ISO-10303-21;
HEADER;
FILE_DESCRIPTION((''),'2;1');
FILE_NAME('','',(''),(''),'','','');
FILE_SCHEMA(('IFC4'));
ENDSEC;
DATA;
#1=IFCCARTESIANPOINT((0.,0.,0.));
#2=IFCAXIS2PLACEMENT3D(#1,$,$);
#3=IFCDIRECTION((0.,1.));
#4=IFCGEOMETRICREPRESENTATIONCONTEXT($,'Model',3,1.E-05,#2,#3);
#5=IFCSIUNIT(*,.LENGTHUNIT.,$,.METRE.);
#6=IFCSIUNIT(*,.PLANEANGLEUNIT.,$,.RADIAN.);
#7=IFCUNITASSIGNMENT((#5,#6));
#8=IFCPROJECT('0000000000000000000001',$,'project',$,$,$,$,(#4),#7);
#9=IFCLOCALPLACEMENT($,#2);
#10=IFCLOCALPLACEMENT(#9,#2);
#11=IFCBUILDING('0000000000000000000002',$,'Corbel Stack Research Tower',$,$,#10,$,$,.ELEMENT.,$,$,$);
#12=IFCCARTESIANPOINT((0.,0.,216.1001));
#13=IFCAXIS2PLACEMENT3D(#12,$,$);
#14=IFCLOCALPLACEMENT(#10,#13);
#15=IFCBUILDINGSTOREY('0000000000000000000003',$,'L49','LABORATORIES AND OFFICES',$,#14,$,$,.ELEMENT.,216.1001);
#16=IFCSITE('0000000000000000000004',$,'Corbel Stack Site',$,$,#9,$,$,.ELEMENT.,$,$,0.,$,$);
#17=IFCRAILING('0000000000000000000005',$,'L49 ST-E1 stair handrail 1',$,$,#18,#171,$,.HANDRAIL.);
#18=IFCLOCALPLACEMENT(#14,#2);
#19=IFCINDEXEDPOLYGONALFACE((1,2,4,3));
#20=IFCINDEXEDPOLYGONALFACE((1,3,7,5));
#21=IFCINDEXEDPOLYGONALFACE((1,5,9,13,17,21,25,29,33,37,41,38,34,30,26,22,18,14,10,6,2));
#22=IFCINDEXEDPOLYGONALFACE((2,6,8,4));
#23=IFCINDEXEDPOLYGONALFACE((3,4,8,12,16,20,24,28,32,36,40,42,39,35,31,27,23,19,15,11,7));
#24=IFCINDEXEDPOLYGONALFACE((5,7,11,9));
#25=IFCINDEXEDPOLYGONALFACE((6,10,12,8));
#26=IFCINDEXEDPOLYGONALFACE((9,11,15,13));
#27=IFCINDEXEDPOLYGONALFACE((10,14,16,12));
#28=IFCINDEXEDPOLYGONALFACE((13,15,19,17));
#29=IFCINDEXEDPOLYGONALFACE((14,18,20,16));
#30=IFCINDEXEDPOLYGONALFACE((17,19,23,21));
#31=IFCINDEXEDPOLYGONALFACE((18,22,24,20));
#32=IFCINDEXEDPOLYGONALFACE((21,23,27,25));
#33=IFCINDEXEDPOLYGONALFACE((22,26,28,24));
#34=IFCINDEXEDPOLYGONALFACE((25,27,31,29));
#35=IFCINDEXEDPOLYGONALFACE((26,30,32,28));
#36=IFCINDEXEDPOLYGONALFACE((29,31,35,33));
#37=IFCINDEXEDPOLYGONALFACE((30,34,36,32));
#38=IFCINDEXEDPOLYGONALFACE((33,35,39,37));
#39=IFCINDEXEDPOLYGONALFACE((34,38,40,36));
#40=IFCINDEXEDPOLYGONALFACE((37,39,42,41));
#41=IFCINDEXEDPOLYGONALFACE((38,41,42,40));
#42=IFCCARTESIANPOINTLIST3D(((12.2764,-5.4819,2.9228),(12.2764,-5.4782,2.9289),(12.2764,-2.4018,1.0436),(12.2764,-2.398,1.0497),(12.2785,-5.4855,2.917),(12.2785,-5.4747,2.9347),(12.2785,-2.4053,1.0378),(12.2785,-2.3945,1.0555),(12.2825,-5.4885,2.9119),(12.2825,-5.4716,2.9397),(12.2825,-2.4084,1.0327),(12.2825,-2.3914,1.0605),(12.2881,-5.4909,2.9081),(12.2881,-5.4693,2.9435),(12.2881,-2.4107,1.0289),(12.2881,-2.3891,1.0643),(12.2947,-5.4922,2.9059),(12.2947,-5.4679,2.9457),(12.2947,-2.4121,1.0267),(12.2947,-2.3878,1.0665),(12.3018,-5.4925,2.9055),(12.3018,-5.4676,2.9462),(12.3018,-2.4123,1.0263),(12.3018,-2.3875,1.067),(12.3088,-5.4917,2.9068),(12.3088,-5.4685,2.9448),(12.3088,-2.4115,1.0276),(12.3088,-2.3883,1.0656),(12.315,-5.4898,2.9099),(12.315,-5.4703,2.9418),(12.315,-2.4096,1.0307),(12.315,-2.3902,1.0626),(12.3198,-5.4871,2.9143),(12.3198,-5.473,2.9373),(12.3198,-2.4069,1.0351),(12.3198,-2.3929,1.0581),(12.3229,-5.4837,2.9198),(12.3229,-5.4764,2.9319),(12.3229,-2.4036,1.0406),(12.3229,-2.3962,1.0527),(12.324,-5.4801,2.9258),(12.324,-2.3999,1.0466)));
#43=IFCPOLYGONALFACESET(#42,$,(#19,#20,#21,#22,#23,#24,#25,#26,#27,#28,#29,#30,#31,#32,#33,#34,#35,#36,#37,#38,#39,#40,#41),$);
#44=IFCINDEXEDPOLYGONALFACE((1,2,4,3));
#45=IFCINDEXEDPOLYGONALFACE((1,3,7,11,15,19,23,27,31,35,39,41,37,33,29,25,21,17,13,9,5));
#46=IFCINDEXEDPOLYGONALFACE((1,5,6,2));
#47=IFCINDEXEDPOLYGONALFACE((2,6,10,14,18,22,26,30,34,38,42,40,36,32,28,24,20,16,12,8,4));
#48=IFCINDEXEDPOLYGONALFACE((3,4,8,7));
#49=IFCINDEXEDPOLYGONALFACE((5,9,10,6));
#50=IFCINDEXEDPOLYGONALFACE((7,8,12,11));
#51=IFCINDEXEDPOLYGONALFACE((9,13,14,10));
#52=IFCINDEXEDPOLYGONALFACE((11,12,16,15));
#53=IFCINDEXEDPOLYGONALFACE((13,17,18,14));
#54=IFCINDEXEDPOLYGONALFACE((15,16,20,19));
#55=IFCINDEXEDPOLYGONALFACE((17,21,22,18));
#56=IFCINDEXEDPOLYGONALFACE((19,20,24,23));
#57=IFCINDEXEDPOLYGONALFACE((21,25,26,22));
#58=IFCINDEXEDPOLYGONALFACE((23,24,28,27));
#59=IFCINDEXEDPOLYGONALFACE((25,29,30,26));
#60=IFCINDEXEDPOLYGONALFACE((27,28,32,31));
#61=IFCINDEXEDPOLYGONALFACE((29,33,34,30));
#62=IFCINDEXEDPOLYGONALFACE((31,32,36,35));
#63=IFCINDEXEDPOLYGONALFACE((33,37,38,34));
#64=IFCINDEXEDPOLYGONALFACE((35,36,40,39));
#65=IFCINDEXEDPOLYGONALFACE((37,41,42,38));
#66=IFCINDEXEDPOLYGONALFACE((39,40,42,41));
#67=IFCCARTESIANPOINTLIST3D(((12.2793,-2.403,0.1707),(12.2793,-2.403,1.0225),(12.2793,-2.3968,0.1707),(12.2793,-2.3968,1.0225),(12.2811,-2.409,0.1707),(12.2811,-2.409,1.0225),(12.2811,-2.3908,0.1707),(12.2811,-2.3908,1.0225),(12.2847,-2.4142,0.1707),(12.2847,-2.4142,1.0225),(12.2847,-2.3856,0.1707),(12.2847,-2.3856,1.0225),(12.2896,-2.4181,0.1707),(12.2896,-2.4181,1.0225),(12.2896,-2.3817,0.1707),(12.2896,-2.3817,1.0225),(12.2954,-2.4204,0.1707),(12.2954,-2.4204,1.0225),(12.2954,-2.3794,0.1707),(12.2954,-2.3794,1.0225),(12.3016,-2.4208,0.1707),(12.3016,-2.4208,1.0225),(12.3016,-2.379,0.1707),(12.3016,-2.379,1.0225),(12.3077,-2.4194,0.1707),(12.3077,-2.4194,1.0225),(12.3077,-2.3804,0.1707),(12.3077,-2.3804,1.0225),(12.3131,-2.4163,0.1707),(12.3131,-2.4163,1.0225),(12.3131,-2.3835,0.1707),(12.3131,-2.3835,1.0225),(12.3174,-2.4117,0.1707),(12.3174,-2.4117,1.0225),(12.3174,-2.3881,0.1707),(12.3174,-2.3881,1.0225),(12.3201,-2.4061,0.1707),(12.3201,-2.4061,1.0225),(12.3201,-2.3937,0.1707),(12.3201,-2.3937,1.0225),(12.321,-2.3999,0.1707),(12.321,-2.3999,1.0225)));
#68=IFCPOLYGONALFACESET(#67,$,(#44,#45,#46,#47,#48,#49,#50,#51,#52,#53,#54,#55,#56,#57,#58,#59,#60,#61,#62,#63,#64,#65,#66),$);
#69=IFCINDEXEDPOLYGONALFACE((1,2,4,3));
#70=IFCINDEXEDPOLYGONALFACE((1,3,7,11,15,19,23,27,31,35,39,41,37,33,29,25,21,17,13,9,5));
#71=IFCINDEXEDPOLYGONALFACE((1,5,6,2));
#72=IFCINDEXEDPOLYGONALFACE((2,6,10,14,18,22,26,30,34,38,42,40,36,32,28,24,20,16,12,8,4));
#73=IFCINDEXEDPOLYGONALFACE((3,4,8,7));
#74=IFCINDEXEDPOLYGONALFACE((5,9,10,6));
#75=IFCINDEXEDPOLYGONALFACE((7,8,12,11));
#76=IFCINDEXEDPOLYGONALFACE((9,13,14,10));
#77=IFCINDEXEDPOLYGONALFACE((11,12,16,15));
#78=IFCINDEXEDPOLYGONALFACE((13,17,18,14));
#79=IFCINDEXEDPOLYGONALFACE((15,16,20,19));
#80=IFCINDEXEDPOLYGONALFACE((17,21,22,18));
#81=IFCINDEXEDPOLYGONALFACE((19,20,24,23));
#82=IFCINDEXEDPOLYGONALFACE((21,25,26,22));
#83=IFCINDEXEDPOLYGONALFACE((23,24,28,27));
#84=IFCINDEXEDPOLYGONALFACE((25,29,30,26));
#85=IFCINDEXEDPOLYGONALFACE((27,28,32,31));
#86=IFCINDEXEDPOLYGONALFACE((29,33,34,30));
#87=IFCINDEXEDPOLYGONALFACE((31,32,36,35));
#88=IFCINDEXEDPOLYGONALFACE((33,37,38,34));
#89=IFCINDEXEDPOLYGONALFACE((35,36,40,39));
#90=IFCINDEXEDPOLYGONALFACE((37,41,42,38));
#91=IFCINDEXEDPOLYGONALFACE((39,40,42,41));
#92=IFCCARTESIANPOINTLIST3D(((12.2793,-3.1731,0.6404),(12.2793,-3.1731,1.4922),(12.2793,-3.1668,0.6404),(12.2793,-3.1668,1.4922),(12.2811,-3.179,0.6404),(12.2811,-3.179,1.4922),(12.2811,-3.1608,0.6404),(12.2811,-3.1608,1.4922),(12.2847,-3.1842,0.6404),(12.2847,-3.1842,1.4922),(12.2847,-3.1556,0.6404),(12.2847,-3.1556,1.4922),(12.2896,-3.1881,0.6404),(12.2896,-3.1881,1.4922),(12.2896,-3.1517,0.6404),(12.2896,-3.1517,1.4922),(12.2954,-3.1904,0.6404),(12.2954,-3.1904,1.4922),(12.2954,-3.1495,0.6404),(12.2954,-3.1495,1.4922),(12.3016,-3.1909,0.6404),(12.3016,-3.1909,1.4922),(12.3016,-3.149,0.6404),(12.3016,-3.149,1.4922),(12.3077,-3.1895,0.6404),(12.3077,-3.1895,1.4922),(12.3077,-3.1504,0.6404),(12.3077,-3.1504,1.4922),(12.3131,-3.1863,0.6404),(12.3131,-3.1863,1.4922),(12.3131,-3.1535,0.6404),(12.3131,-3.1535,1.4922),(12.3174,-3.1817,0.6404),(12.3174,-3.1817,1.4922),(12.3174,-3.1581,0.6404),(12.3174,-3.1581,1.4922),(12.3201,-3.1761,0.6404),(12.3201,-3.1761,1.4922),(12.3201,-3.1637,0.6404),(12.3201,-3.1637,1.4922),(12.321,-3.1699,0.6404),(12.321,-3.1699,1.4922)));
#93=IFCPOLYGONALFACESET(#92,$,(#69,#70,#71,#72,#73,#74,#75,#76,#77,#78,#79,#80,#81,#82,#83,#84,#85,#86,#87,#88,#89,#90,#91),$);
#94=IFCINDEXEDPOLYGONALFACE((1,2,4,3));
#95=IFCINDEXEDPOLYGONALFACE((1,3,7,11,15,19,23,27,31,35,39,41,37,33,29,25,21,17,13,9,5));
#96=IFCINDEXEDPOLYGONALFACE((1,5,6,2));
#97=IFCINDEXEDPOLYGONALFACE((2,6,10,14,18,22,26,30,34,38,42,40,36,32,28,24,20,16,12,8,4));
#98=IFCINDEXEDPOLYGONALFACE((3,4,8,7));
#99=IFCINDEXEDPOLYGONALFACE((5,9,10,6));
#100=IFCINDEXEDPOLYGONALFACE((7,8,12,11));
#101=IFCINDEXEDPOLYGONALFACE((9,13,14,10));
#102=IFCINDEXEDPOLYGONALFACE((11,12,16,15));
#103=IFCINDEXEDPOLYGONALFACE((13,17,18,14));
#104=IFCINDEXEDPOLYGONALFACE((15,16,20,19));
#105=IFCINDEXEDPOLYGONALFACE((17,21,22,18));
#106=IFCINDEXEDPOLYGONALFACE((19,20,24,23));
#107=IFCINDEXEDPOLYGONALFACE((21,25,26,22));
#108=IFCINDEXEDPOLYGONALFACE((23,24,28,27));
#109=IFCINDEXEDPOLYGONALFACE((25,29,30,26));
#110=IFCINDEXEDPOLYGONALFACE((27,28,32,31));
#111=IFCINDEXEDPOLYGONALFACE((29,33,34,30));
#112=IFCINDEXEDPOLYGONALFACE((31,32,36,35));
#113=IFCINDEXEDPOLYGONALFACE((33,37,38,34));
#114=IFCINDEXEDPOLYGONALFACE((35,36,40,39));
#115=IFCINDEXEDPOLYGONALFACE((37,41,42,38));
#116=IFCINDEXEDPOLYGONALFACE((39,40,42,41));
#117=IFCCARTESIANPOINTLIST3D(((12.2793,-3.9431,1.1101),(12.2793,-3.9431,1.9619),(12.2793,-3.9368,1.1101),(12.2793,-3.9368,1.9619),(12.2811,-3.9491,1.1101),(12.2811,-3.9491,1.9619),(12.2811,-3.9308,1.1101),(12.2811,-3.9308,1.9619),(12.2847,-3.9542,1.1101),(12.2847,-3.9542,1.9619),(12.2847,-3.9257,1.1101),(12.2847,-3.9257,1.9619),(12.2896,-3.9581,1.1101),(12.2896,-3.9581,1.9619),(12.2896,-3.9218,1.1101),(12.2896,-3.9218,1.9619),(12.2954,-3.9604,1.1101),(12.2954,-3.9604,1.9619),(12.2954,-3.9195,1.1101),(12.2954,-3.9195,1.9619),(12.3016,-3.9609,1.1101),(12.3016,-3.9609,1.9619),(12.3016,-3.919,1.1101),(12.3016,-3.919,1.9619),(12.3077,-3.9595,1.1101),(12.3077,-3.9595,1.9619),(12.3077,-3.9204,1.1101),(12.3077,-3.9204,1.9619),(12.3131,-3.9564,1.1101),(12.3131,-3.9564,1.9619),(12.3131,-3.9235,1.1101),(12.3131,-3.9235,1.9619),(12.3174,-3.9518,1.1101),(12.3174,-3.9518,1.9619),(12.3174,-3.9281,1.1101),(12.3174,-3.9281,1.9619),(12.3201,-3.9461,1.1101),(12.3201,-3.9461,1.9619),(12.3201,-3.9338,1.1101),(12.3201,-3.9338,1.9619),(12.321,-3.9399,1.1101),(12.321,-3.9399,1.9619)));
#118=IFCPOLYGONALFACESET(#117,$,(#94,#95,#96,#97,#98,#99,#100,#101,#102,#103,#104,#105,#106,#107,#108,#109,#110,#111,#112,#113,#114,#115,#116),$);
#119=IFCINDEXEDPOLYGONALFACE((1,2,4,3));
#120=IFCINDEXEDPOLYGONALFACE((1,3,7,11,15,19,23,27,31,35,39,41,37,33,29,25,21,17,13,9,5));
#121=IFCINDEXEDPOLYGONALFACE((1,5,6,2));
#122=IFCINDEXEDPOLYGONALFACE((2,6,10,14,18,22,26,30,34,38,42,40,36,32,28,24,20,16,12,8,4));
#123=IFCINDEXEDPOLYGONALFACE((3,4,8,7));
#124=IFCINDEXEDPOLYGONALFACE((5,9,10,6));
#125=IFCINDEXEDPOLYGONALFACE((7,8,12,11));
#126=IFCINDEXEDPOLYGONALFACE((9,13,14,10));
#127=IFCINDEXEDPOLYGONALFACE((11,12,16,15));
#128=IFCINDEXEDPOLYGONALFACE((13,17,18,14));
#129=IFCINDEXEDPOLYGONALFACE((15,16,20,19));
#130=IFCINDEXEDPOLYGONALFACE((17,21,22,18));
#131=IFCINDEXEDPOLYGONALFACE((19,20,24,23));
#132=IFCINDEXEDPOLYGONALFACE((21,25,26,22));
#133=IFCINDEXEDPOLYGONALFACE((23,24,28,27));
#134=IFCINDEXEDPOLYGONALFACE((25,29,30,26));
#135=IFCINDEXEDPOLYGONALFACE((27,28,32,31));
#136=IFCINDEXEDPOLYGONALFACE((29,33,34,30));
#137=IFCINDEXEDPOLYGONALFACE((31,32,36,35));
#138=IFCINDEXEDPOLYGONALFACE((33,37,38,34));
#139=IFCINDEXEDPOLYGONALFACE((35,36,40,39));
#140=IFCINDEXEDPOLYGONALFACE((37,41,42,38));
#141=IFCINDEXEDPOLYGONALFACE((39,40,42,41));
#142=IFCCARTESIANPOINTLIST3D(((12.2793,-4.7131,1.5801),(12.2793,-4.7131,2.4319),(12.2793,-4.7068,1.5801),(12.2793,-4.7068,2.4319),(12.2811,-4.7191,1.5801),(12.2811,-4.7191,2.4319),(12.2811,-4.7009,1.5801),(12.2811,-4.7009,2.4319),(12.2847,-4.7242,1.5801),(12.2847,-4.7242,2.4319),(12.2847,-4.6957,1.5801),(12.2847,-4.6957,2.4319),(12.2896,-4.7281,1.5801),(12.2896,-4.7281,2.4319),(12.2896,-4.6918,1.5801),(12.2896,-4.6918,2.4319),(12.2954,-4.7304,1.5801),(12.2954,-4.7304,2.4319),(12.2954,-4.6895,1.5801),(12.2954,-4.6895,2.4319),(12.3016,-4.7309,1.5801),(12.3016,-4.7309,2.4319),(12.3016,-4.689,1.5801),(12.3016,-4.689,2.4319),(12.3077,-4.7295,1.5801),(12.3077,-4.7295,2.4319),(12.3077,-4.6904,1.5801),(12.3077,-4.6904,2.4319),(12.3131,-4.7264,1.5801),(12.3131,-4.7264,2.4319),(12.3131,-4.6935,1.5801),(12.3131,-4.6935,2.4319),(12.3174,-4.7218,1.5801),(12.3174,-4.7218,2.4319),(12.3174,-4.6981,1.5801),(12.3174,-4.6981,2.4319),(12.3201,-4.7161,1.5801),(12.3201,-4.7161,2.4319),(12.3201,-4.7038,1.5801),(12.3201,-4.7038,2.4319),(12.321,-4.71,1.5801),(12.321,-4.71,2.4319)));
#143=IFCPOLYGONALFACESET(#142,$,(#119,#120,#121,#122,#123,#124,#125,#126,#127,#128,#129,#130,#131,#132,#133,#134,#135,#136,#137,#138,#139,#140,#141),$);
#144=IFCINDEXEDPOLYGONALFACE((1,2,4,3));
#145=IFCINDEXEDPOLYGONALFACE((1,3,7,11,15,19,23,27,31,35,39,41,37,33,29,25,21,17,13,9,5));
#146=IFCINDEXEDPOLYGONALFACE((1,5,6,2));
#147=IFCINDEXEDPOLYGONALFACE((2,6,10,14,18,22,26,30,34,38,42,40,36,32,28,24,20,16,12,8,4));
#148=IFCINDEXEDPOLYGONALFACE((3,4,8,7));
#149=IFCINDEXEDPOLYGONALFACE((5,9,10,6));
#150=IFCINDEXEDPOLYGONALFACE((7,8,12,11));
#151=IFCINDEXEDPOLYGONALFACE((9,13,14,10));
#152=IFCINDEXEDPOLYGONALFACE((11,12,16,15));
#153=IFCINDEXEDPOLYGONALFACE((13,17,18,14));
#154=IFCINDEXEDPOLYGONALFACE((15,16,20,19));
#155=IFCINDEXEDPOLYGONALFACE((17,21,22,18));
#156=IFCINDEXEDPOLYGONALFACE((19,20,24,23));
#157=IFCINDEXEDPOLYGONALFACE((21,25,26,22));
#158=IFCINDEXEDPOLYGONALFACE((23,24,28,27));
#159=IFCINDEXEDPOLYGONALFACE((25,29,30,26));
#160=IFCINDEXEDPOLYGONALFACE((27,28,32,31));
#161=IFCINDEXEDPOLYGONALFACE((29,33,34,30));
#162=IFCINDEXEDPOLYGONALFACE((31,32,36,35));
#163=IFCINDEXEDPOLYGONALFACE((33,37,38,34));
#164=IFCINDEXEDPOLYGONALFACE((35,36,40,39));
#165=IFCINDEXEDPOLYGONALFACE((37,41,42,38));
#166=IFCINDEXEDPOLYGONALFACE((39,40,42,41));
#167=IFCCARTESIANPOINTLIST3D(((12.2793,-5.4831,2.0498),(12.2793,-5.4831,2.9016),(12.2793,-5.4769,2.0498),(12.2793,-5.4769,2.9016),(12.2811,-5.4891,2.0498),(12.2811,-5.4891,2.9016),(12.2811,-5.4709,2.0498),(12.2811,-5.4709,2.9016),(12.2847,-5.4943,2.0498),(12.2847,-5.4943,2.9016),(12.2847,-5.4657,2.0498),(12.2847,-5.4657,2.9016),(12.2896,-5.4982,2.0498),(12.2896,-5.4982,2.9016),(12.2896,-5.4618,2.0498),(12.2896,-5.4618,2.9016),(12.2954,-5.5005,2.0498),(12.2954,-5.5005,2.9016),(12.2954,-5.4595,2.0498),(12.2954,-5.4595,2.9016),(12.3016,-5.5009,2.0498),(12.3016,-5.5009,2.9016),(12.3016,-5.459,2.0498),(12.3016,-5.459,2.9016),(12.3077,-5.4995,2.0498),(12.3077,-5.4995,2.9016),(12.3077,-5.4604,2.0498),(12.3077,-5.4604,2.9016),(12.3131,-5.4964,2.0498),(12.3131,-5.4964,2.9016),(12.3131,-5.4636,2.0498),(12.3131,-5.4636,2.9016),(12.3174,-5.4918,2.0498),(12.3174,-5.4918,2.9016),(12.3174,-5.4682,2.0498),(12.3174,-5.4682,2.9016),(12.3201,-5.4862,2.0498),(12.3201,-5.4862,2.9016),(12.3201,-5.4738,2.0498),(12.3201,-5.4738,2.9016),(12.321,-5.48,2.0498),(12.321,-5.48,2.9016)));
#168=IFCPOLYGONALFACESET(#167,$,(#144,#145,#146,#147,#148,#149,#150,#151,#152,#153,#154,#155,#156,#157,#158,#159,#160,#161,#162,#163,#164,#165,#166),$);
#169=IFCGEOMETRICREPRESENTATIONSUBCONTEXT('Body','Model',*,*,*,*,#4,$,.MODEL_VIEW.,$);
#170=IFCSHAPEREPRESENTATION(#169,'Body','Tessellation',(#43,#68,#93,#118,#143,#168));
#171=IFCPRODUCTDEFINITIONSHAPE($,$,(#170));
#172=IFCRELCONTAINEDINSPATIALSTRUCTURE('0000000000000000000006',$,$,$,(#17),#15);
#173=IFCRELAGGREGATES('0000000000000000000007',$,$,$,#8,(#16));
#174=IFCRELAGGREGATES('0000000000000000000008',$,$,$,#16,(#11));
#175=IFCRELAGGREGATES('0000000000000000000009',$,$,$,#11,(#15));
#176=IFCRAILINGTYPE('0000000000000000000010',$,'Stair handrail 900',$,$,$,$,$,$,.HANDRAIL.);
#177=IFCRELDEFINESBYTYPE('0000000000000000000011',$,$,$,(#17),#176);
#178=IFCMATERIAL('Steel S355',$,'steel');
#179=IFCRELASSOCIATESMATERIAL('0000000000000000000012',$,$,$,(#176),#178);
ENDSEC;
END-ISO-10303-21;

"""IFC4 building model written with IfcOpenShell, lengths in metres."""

from ifc_helpers import new_model, si_unit, direction, frame, origin, origin_2d, place, context, subcontext, project, spatial, circle, extrude, material, type_object, element, save


model = new_model("IFC4")

# Units and contexts
model_context = context("Model", 3, precision=1e-05, world=origin(), true_north=direction((0.0, 1.0)))
body_context = subcontext(model_context, "Body", "Model", "MODEL_VIEW")
ifc_project = project(units=[si_unit("LENGTHUNIT", "METRE"), si_unit("PLANEANGLEUNIT", "RADIAN")], contexts=[model_context])

# Site, building, storey
site_placement = place(None, origin())
site = spatial("IfcSite", under=ifc_project, at=site_placement, Name="Corbel Stack Site", CompositionType="ELEMENT", RefElevation=0.0)
building_placement = place(site_placement, origin())
building = spatial("IfcBuilding", under=site, at=building_placement, Name="Corbel Stack Research Tower", CompositionType="ELEMENT")
storey_placement = place(building_placement, frame((0.0, 0.0, 216.1001)))
storey = spatial("IfcBuildingStorey", under=building, at=storey_placement, Name="L49", Description="LABORATORIES AND OFFICES", CompositionType="ELEMENT", Elevation=216.1001)

# Railing
ifc_material_1 = material(Name="Steel S355", Category="steel")
railing_type_1 = type_object("IfcRailingType", Name="Stair handrail 900", PredefinedType="HANDRAIL", material=ifc_material_1)
railing_1_placement = place(storey_placement, frame((12.3, -2.3999, 0.1707)))
element("IfcRailing", 1, at=railing_1_placement, inside=storey, type_object=railing_type_1, Name="L49 ST-E1 stair handrail 1", PredefinedType="HANDRAIL", context=body_context, shape_type="SweptSolid", body=[
    extrude(circle(Radius=0.0239, at=origin_2d()), frame((0.0, 0.0, 0.876), z_axis=(0.0, -0.853666, 0.52082), x_axis=(1.0, 0.0, 0.0)), (0.0, 0.0, 1.0), 3.6082),
    extrude(circle(Radius=0.021, at=origin_2d()), origin(), (0.0, 0.0, 1.0), 0.8518),
    extrude(circle(Radius=0.021, at=origin_2d()), frame((0.0, -0.77, 0.4697)), (0.0, 0.0, 1.0), 0.8518),
    extrude(circle(Radius=0.021, at=origin_2d()), frame((0.0, -1.54, 0.9395)), (0.0, 0.0, 1.0), 0.8518),
    extrude(circle(Radius=0.021, at=origin_2d()), frame((0.0, -2.3101, 1.4094)), (0.0, 0.0, 1.0), 0.8518),
    extrude(circle(Radius=0.021, at=origin_2d()), frame((0.0, -3.0801, 1.8792)), (0.0, 0.0, 1.0), 0.8518),
])

save(model, "model.ifc")
